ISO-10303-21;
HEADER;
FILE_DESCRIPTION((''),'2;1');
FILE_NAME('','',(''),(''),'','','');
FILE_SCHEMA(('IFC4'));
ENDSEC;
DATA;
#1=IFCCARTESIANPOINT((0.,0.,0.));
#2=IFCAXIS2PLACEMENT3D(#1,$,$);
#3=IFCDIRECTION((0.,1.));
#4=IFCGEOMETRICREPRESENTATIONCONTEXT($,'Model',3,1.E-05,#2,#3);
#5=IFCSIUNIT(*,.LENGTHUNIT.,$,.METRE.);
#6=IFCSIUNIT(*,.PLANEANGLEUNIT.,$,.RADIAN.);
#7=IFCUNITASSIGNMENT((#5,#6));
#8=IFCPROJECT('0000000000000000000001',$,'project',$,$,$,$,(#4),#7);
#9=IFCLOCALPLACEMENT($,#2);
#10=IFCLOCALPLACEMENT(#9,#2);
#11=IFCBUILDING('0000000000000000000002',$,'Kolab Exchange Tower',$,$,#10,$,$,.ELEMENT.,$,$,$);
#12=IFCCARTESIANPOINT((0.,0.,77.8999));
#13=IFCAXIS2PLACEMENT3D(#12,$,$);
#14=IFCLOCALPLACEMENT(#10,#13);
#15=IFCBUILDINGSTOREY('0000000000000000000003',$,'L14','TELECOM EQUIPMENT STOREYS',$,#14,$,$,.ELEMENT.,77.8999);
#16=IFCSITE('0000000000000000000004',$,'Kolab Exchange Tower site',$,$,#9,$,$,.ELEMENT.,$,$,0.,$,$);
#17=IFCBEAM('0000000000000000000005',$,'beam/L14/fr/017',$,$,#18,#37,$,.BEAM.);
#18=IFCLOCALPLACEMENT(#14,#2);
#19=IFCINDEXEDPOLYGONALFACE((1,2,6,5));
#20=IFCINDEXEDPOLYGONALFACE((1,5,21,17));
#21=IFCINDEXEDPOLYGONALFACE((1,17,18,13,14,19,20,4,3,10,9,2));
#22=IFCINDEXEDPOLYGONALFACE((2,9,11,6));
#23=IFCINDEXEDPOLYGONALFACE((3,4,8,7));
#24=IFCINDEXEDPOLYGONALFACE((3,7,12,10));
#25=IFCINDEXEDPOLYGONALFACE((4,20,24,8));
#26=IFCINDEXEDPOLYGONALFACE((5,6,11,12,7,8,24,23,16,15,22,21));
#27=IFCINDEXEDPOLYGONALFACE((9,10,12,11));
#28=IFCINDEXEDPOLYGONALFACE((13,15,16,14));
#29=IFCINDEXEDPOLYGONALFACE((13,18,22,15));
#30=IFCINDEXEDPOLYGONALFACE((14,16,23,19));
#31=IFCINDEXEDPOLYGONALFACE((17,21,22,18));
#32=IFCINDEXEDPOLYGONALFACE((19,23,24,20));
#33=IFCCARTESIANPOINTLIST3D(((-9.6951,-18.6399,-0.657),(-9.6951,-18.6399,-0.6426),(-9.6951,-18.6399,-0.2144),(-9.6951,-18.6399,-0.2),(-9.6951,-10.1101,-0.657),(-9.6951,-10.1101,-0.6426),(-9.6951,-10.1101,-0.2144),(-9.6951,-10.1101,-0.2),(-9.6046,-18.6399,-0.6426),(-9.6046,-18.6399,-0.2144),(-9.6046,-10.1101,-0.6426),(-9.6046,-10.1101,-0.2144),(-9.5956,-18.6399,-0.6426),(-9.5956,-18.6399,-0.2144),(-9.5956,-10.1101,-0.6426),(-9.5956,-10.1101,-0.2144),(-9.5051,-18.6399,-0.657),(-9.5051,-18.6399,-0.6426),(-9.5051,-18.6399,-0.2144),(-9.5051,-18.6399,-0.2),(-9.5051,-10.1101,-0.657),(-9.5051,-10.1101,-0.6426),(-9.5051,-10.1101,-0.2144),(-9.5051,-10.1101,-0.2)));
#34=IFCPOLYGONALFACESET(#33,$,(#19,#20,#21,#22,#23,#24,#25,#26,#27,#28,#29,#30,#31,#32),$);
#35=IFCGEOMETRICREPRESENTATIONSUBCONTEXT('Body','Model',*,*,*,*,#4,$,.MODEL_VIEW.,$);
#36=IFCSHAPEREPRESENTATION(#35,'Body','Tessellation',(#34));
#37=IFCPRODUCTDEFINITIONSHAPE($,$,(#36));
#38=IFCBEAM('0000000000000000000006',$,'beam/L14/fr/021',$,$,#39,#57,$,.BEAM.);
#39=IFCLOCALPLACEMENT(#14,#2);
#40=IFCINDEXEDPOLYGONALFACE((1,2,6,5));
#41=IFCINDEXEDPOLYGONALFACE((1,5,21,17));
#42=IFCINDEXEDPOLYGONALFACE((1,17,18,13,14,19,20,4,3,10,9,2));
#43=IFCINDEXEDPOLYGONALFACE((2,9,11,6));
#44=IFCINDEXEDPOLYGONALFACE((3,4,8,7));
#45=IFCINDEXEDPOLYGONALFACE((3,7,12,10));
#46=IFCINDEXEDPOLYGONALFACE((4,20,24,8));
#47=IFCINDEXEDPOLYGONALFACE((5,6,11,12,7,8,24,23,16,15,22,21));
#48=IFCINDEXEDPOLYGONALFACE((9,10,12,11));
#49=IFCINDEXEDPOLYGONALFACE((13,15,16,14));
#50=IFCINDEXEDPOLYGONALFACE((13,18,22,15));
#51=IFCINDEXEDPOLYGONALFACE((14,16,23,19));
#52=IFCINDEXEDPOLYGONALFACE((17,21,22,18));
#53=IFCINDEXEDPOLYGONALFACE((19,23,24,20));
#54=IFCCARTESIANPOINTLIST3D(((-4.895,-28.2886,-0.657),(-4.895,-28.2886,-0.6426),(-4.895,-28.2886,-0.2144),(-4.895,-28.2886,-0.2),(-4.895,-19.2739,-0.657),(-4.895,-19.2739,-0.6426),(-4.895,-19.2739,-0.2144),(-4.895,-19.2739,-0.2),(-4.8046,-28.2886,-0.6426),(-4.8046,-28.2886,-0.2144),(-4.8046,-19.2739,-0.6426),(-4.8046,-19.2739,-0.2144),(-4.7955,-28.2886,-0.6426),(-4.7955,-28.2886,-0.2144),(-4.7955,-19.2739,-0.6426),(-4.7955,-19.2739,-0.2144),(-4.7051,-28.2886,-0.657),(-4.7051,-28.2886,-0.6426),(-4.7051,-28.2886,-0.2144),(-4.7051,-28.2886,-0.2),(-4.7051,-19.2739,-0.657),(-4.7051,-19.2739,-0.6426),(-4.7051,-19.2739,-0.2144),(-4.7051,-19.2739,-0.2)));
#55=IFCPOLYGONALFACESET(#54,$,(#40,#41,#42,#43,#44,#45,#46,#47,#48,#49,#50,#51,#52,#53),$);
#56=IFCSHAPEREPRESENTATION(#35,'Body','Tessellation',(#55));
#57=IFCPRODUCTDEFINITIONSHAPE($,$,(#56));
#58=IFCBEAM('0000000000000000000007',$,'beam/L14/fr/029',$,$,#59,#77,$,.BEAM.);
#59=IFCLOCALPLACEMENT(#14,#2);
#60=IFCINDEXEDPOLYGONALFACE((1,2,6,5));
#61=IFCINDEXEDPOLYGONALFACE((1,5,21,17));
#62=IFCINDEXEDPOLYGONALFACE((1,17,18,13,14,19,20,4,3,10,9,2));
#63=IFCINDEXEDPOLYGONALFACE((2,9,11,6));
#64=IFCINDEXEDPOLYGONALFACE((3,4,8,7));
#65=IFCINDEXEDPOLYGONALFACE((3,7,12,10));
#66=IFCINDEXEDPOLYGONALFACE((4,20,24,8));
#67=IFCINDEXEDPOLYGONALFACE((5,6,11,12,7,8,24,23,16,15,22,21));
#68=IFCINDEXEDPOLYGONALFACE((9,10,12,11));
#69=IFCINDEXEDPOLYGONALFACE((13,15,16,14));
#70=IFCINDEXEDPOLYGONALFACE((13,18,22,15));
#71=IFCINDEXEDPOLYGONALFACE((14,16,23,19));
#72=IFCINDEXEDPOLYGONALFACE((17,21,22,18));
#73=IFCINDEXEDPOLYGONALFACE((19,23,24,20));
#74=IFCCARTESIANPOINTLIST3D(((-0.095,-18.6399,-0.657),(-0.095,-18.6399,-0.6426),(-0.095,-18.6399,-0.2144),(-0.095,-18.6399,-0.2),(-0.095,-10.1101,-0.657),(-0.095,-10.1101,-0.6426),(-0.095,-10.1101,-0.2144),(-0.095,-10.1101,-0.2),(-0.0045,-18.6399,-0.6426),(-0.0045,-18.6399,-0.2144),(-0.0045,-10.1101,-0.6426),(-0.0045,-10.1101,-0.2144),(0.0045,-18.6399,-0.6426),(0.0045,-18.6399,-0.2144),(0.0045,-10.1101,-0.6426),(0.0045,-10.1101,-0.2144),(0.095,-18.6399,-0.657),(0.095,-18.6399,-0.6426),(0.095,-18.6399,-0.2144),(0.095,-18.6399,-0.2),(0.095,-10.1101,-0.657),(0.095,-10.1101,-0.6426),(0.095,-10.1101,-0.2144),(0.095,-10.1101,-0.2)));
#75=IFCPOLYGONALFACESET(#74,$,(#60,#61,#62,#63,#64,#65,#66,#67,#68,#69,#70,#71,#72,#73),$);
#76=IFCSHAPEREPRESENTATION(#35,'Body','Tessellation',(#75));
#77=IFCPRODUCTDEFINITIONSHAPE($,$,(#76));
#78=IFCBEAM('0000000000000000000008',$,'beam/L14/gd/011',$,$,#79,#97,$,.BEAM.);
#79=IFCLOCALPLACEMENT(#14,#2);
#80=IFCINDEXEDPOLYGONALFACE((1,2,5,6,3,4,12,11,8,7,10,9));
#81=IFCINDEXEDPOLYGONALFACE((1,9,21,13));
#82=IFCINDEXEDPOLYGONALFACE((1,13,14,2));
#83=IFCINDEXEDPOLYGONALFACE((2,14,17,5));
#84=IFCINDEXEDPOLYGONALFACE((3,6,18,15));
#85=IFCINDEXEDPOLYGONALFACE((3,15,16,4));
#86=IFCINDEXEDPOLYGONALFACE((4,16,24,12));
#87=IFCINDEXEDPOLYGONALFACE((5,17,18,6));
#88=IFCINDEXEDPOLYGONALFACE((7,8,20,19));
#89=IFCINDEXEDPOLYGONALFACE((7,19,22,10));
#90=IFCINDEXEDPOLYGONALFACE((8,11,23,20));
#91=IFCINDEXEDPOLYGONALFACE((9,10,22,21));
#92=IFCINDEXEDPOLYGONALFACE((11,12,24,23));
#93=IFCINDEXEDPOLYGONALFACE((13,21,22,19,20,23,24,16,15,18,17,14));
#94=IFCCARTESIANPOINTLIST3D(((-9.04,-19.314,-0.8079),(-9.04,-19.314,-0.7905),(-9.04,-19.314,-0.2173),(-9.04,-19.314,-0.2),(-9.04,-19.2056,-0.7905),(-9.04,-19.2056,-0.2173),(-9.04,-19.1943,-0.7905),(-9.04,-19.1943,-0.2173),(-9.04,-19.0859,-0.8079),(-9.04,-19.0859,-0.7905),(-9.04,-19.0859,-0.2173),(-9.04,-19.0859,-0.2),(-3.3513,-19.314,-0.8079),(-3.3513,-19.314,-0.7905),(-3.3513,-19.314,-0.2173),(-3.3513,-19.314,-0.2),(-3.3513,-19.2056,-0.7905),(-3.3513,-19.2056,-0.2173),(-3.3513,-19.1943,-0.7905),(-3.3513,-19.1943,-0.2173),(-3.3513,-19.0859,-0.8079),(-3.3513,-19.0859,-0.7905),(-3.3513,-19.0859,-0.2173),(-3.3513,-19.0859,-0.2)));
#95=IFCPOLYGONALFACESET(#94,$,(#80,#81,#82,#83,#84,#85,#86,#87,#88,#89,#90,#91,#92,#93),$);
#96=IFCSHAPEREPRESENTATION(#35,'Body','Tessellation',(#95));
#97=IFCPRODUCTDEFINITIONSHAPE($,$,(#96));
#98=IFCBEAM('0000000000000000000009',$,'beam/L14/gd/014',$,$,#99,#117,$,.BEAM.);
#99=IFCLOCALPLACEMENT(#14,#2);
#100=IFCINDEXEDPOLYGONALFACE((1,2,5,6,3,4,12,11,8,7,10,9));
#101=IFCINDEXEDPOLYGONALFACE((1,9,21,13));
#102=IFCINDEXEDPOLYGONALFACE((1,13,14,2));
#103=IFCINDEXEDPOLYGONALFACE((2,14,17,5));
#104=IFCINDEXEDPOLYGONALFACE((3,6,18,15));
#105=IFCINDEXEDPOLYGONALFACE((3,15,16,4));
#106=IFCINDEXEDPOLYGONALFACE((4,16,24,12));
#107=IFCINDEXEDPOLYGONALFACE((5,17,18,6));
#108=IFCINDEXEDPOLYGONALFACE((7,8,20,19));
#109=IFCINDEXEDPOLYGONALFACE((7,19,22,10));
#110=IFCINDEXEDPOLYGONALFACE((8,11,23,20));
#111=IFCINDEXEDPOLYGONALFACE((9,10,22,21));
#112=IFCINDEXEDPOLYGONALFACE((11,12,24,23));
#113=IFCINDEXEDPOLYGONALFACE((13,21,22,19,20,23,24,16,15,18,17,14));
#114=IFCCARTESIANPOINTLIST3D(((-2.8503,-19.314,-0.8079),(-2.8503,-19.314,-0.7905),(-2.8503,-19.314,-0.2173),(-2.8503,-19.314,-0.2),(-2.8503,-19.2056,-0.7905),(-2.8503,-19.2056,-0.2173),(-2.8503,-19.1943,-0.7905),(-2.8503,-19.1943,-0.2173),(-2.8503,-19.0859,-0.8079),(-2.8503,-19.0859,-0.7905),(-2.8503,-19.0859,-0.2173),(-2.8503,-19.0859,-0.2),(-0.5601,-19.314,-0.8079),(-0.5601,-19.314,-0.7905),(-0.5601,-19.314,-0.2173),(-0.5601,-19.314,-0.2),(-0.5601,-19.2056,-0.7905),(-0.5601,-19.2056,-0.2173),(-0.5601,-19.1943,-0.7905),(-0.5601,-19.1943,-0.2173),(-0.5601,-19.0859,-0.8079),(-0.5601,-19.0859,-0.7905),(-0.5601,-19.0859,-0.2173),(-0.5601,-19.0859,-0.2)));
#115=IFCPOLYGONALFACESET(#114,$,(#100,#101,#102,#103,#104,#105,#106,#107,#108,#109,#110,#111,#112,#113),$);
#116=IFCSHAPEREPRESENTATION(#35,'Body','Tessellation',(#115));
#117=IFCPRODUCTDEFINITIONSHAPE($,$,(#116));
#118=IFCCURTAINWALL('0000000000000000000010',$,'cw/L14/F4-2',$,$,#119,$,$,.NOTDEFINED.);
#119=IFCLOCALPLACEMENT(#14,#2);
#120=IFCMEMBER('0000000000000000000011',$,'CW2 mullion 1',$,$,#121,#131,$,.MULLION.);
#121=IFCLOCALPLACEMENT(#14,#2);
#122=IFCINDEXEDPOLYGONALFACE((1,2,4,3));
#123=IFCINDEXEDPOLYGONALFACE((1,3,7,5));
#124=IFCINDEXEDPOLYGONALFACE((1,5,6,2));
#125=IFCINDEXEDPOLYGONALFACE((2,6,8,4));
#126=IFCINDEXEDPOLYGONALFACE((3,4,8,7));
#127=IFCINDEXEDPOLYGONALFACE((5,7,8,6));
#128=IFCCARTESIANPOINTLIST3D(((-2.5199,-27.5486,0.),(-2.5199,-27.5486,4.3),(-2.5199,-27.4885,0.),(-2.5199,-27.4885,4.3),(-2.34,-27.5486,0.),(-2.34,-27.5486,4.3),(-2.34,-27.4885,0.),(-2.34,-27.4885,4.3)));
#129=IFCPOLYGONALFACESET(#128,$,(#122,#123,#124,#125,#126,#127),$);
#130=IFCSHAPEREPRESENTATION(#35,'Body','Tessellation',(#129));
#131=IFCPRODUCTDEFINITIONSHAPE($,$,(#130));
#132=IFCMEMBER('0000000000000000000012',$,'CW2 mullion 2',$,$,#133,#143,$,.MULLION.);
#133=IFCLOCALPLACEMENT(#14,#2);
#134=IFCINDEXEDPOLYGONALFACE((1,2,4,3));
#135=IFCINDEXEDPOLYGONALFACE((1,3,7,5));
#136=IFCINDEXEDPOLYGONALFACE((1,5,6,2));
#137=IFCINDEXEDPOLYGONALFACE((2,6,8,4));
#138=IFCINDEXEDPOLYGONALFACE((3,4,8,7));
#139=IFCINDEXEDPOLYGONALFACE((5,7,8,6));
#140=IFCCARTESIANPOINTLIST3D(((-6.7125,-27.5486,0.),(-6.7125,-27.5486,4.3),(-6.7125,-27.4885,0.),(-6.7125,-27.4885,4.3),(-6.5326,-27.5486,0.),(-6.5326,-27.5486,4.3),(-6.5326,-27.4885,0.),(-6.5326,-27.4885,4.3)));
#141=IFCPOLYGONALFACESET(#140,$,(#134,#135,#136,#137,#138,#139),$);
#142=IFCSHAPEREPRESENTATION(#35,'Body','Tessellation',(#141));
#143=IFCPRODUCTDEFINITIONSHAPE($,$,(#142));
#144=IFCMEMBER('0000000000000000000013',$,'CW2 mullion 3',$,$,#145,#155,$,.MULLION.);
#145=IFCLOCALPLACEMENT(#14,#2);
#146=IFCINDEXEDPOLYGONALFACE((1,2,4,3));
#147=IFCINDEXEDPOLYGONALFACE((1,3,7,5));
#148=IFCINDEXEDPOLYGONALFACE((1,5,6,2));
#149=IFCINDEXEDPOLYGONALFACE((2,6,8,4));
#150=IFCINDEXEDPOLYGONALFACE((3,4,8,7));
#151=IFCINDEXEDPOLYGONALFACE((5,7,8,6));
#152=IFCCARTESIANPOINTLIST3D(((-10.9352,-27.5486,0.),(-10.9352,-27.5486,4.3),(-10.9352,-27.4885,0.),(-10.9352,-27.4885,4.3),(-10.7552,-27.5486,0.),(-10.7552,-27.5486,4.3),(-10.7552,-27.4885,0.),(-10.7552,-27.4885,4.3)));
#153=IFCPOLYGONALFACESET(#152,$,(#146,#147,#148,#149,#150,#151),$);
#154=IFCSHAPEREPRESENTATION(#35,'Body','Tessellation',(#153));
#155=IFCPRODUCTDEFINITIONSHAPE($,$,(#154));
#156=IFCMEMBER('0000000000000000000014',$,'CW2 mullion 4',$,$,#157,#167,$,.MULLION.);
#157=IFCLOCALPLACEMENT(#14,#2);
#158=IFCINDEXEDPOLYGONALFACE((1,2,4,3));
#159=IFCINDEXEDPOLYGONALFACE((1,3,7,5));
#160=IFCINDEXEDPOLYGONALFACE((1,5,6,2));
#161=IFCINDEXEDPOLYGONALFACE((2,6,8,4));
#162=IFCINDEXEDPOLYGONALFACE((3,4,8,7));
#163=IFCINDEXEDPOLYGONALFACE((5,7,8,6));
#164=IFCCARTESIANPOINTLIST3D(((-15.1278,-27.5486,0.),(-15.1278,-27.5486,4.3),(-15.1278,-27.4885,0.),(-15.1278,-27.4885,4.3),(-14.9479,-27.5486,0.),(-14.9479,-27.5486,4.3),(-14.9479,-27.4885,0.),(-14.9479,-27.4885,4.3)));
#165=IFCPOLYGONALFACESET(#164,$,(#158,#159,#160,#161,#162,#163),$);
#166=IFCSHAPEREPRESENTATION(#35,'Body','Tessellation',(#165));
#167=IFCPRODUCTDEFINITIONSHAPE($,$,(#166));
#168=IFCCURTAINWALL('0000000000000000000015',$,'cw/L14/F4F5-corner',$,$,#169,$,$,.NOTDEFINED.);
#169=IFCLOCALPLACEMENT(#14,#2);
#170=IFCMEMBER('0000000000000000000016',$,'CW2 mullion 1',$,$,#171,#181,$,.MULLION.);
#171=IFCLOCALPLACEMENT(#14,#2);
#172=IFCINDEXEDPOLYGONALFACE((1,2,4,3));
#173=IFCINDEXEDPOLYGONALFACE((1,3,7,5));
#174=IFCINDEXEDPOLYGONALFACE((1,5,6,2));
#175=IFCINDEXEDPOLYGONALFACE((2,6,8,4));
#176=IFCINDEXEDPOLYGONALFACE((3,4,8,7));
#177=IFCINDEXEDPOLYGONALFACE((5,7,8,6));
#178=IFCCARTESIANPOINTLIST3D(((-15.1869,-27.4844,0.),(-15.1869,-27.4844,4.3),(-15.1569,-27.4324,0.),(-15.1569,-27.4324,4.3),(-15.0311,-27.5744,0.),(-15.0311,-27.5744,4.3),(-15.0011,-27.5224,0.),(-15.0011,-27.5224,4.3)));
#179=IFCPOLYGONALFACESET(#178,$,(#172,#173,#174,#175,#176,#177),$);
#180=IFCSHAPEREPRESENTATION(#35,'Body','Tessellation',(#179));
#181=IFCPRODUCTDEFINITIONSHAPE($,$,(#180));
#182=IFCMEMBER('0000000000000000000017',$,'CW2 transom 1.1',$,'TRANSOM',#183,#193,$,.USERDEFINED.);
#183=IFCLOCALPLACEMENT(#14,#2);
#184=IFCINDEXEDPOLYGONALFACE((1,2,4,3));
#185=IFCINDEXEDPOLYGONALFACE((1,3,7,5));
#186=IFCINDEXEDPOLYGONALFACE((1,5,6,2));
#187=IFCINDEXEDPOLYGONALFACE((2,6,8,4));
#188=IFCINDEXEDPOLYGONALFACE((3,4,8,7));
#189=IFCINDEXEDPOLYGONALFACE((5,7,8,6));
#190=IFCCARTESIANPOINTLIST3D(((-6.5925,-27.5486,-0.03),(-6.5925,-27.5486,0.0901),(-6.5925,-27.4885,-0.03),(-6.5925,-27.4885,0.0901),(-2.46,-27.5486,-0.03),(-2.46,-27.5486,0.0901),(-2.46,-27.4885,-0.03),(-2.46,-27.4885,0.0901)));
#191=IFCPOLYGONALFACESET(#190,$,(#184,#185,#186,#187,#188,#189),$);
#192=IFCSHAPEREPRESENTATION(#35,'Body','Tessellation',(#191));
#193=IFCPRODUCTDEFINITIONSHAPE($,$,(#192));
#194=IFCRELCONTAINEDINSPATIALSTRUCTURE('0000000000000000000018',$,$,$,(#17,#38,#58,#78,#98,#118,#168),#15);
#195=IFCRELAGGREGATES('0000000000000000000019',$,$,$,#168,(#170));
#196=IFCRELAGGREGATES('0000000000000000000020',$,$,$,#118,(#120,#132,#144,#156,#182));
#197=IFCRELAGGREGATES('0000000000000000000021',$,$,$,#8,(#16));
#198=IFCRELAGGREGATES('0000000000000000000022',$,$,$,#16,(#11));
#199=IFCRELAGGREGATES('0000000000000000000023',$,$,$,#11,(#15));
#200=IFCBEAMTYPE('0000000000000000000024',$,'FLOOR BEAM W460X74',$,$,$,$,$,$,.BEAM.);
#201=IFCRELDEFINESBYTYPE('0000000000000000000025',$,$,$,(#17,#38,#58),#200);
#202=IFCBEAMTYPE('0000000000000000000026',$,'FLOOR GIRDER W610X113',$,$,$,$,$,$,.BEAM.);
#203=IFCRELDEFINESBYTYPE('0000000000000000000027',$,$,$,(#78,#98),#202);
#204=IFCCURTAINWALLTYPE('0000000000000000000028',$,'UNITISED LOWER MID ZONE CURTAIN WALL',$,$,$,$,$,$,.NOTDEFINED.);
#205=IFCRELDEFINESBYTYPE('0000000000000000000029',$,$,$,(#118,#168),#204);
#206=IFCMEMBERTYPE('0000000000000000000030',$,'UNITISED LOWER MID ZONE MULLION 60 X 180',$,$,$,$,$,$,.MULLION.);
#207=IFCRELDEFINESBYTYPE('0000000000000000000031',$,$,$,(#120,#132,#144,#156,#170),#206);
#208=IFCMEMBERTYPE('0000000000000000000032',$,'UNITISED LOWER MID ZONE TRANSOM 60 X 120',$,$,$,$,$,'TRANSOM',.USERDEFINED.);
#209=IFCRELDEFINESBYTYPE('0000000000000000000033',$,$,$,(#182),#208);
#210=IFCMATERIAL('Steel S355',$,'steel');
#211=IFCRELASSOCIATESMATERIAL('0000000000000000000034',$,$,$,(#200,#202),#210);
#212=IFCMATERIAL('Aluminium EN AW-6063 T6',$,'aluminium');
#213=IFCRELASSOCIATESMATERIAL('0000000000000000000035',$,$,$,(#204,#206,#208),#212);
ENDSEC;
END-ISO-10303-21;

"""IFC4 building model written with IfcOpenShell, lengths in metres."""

from ifc_helpers import new_model, si_unit, direction, frame, origin, origin_2d, place, context, subcontext, project, spatial, rectangle, i_section, extrude, material, material_profile, profile_set, type_object, element, aggregate, save


model = new_model("IFC4")

# Units and contexts
model_context = context("Model", 3, precision=1e-05, world=origin(), true_north=direction((0.0, 1.0)))
body_context = subcontext(model_context, "Body", "Model", "MODEL_VIEW")
ifc_project = project(units=[si_unit("LENGTHUNIT", "METRE"), si_unit("PLANEANGLEUNIT", "RADIAN")], contexts=[model_context])

# Site, building, storey
site_placement = place(None, origin())
site = spatial("IfcSite", under=ifc_project, at=site_placement, Name="Kolab Exchange Tower site", CompositionType="ELEMENT", RefElevation=0.0)
building_placement = place(site_placement, origin())
building = spatial("IfcBuilding", under=site, at=building_placement, Name="Kolab Exchange Tower", CompositionType="ELEMENT")
storey_placement = place(building_placement, frame((0.0, 0.0, 77.8999)))
storey = spatial("IfcBuildingStorey", under=building, at=storey_placement, Name="L14", Description="TELECOM EQUIPMENT STOREYS", CompositionType="ELEMENT", Elevation=77.8999)

# Beams
ifc_material_1 = material(Name="Steel S355", Category="steel")
ifc_material_profile_1 = material_profile(ifc_material_1, i_section(OverallWidth=0.1899, OverallDepth=0.457, WebThickness=0.009, FlangeThickness=0.0144, at=origin_2d()), Name="W460X74")
ifc_profile_set_1 = profile_set([ifc_material_profile_1], Name="Steel S355")
beam_type_1 = type_object("IfcBeamType", Name="FLOOR BEAM W460X74", PredefinedType="BEAM", material=ifc_profile_set_1)
beam_1_placement = place(storey_placement, frame((-9.6001, -18.6399, -0.4285), z_axis=(0.0, 1.0, 0.0), x_axis=(-1.0, 0.0, 0.0)))
element("IfcBeam", 1, at=beam_1_placement, inside=storey, type_object=beam_type_1, Name="beam/L14/fr/017", PredefinedType="BEAM", context=body_context, shape_type="SweptSolid", body=[
    extrude(i_section(OverallWidth=0.1899, OverallDepth=0.457, WebThickness=0.009, FlangeThickness=0.0144, at=origin_2d()), origin(), (0.0, 0.0, 1.0), 8.5298),
])
beam_2_placement = place(storey_placement, frame((-4.8, -28.2886, -0.4285), z_axis=(0.0, 1.0, 0.0), x_axis=(-1.0, 0.0, 0.0)))
element("IfcBeam", 2, at=beam_2_placement, inside=storey, type_object=beam_type_1, Name="beam/L14/fr/021", PredefinedType="BEAM", context=body_context, shape_type="SweptSolid", body=[
    extrude(i_section(OverallWidth=0.1899, OverallDepth=0.457, WebThickness=0.009, FlangeThickness=0.0144, at=origin_2d()), origin(), (0.0, 0.0, 1.0), 9.0146),
])
beam_3_placement = place(storey_placement, frame((0.0, -18.6399, -0.4285), z_axis=(0.0, 1.0, 0.0), x_axis=(-1.0, 0.0, 0.0)))
element("IfcBeam", 3, at=beam_3_placement, inside=storey, type_object=beam_type_1, Name="beam/L14/fr/029", PredefinedType="BEAM", context=body_context, shape_type="SweptSolid", body=[
    extrude(i_section(OverallWidth=0.1899, OverallDepth=0.457, WebThickness=0.009, FlangeThickness=0.0144, at=origin_2d()), origin(), (0.0, 0.0, 1.0), 8.5298),
])
ifc_material_profile_2 = material_profile(ifc_material_1, i_section(OverallWidth=0.228, OverallDepth=0.6079, WebThickness=0.0112, FlangeThickness=0.0173, at=origin_2d()), Name="W610X113")
ifc_profile_set_2 = profile_set([ifc_material_profile_2], Name="Steel S355")
beam_type_2 = type_object("IfcBeamType", Name="FLOOR GIRDER W610X113", PredefinedType="BEAM", material=ifc_profile_set_2)
beam_4_placement = place(storey_placement, frame((-9.04, -19.2, -0.5039), z_axis=(1.0, 0.0, 0.0), x_axis=(0.0, 1.0, 0.0)))
element("IfcBeam", 4, at=beam_4_placement, inside=storey, type_object=beam_type_2, Name="beam/L14/gd/011", PredefinedType="BEAM", context=body_context, shape_type="SweptSolid", body=[
    extrude(i_section(OverallWidth=0.228, OverallDepth=0.6079, WebThickness=0.0112, FlangeThickness=0.0173, at=origin_2d()), origin(), (0.0, 0.0, 1.0), 5.6887),
])
beam_5_placement = place(storey_placement, frame((-2.8503, -19.2, -0.5039), z_axis=(1.0, 0.0, 0.0), x_axis=(0.0, 1.0, 0.0)))
element("IfcBeam", 5, at=beam_5_placement, inside=storey, type_object=beam_type_2, Name="beam/L14/gd/014", PredefinedType="BEAM", context=body_context, shape_type="SweptSolid", body=[
    extrude(i_section(OverallWidth=0.228, OverallDepth=0.6079, WebThickness=0.0112, FlangeThickness=0.0173, at=origin_2d()), origin(), (0.0, 0.0, 1.0), 2.2903),
])

# Curtain wall, members
ifc_material_2 = material(Name="Aluminium EN AW-6063 T6", Category="aluminium")
curtain_wall_type = type_object("IfcCurtainWallType", Name="UNITISED LOWER MID ZONE CURTAIN WALL", PredefinedType="NOTDEFINED", material=ifc_material_2)
curtain_wall_1_placement = place(storey_placement, origin())
curtain_wall_1 = element("IfcCurtainWall", 6, at=curtain_wall_1_placement, inside=storey, type_object=curtain_wall_type, Name="cw/L14/F4-2", PredefinedType="NOTDEFINED")
ifc_material_profile_3 = material_profile(ifc_material_2, rectangle(XDim=0.0601, YDim=0.1799, at=origin_2d()), Name="RECT 60X180")
ifc_profile_set_3 = profile_set([ifc_material_profile_3], Name="Aluminium EN AW-6063 T6")
member_type_1 = type_object("IfcMemberType", Name="UNITISED LOWER MID ZONE MULLION 60 X 180", PredefinedType="MULLION", material=ifc_profile_set_3)
member_1_placement = place(storey_placement, frame((-2.4299, -27.5186, 0.0), z_axis=(0.0, 0.0, 1.0), x_axis=(0.0, -1.0, 0.0)))
member_1 = element("IfcMember", 7, at=member_1_placement, type_object=member_type_1, Name="CW2 mullion 1", PredefinedType="MULLION", context=body_context, shape_type="SweptSolid", body=[
    extrude(rectangle(XDim=0.0601, YDim=0.1799, at=origin_2d()), origin(), (0.0, 0.0, 1.0), 4.3),
])
member_2_placement = place(storey_placement, frame((-6.6226, -27.5186, 0.0), z_axis=(0.0, 0.0, 1.0), x_axis=(0.0, -1.0, 0.0)))
member_2 = element("IfcMember", 8, at=member_2_placement, type_object=member_type_1, Name="CW2 mullion 2", PredefinedType="MULLION", context=body_context, shape_type="SweptSolid", body=[
    extrude(rectangle(XDim=0.0601, YDim=0.1799, at=origin_2d()), origin(), (0.0, 0.0, 1.0), 4.3),
])
member_3_placement = place(storey_placement, frame((-10.8452, -27.5186, 0.0), z_axis=(0.0, 0.0, 1.0), x_axis=(0.0, -1.0, 0.0)))
member_3 = element("IfcMember", 9, at=member_3_placement, type_object=member_type_1, Name="CW2 mullion 3", PredefinedType="MULLION", context=body_context, shape_type="SweptSolid", body=[
    extrude(rectangle(XDim=0.0601, YDim=0.1799, at=origin_2d()), origin(), (0.0, 0.0, 1.0), 4.3),
])
member_4_placement = place(storey_placement, frame((-15.0378, -27.5186, 0.0), z_axis=(0.0, 0.0, 1.0), x_axis=(0.0, -1.0, 0.0)))
member_4 = element("IfcMember", 10, at=member_4_placement, type_object=member_type_1, Name="CW2 mullion 4", PredefinedType="MULLION", context=body_context, shape_type="SweptSolid", body=[
    extrude(rectangle(XDim=0.0601, YDim=0.1799, at=origin_2d()), origin(), (0.0, 0.0, 1.0), 4.3),
])

# Curtain wall, member
curtain_wall_2_placement = place(storey_placement, origin())
curtain_wall_2 = element("IfcCurtainWall", 11, at=curtain_wall_2_placement, inside=storey, type_object=curtain_wall_type, Name="cw/L14/F4F5-corner", PredefinedType="NOTDEFINED")
member_5_placement = place(storey_placement, frame((-15.094, -27.5034, 0.0), z_axis=(0.0, 0.0, 1.0), x_axis=(-0.5, -0.866025, 0.0)))
member_5 = element("IfcMember", 12, at=member_5_placement, type_object=member_type_1, Name="CW2 mullion 1", PredefinedType="MULLION", context=body_context, shape_type="SweptSolid", body=[
    extrude(rectangle(XDim=0.0601, YDim=0.1799, at=origin_2d()), origin(), (0.0, 0.0, 1.0), 4.3),
])

# Member
ifc_material_profile_4 = material_profile(ifc_material_2, rectangle(XDim=0.0601, YDim=0.1201, at=origin_2d()), Name="RECT 60X120")
ifc_profile_set_4 = profile_set([ifc_material_profile_4], Name="Aluminium EN AW-6063 T6")
member_type_2 = type_object("IfcMemberType", Name="UNITISED LOWER MID ZONE TRANSOM 60 X 120", ElementType="TRANSOM", PredefinedType="USERDEFINED", material=ifc_profile_set_4)
member_6_placement = place(storey_placement, frame((-2.46, -27.5186, 0.03), z_axis=(-1.0, 0.0, 0.0), x_axis=(0.0, -1.0, 0.0)))
member_6 = element("IfcMember", 13, at=member_6_placement, type_object=member_type_2, Name="CW2 transom 1.1", ObjectType="TRANSOM", PredefinedType="USERDEFINED", context=body_context, shape_type="SweptSolid", body=[
    extrude(rectangle(XDim=0.0601, YDim=0.1201, at=origin_2d()), origin(), (0.0, 0.0, 1.0), 4.1326),
])
aggregate(curtain_wall_2, [member_5])

aggregate(curtain_wall_1, [member_1, member_2, member_3, member_4, member_6])

save(model, "model.ifc")
